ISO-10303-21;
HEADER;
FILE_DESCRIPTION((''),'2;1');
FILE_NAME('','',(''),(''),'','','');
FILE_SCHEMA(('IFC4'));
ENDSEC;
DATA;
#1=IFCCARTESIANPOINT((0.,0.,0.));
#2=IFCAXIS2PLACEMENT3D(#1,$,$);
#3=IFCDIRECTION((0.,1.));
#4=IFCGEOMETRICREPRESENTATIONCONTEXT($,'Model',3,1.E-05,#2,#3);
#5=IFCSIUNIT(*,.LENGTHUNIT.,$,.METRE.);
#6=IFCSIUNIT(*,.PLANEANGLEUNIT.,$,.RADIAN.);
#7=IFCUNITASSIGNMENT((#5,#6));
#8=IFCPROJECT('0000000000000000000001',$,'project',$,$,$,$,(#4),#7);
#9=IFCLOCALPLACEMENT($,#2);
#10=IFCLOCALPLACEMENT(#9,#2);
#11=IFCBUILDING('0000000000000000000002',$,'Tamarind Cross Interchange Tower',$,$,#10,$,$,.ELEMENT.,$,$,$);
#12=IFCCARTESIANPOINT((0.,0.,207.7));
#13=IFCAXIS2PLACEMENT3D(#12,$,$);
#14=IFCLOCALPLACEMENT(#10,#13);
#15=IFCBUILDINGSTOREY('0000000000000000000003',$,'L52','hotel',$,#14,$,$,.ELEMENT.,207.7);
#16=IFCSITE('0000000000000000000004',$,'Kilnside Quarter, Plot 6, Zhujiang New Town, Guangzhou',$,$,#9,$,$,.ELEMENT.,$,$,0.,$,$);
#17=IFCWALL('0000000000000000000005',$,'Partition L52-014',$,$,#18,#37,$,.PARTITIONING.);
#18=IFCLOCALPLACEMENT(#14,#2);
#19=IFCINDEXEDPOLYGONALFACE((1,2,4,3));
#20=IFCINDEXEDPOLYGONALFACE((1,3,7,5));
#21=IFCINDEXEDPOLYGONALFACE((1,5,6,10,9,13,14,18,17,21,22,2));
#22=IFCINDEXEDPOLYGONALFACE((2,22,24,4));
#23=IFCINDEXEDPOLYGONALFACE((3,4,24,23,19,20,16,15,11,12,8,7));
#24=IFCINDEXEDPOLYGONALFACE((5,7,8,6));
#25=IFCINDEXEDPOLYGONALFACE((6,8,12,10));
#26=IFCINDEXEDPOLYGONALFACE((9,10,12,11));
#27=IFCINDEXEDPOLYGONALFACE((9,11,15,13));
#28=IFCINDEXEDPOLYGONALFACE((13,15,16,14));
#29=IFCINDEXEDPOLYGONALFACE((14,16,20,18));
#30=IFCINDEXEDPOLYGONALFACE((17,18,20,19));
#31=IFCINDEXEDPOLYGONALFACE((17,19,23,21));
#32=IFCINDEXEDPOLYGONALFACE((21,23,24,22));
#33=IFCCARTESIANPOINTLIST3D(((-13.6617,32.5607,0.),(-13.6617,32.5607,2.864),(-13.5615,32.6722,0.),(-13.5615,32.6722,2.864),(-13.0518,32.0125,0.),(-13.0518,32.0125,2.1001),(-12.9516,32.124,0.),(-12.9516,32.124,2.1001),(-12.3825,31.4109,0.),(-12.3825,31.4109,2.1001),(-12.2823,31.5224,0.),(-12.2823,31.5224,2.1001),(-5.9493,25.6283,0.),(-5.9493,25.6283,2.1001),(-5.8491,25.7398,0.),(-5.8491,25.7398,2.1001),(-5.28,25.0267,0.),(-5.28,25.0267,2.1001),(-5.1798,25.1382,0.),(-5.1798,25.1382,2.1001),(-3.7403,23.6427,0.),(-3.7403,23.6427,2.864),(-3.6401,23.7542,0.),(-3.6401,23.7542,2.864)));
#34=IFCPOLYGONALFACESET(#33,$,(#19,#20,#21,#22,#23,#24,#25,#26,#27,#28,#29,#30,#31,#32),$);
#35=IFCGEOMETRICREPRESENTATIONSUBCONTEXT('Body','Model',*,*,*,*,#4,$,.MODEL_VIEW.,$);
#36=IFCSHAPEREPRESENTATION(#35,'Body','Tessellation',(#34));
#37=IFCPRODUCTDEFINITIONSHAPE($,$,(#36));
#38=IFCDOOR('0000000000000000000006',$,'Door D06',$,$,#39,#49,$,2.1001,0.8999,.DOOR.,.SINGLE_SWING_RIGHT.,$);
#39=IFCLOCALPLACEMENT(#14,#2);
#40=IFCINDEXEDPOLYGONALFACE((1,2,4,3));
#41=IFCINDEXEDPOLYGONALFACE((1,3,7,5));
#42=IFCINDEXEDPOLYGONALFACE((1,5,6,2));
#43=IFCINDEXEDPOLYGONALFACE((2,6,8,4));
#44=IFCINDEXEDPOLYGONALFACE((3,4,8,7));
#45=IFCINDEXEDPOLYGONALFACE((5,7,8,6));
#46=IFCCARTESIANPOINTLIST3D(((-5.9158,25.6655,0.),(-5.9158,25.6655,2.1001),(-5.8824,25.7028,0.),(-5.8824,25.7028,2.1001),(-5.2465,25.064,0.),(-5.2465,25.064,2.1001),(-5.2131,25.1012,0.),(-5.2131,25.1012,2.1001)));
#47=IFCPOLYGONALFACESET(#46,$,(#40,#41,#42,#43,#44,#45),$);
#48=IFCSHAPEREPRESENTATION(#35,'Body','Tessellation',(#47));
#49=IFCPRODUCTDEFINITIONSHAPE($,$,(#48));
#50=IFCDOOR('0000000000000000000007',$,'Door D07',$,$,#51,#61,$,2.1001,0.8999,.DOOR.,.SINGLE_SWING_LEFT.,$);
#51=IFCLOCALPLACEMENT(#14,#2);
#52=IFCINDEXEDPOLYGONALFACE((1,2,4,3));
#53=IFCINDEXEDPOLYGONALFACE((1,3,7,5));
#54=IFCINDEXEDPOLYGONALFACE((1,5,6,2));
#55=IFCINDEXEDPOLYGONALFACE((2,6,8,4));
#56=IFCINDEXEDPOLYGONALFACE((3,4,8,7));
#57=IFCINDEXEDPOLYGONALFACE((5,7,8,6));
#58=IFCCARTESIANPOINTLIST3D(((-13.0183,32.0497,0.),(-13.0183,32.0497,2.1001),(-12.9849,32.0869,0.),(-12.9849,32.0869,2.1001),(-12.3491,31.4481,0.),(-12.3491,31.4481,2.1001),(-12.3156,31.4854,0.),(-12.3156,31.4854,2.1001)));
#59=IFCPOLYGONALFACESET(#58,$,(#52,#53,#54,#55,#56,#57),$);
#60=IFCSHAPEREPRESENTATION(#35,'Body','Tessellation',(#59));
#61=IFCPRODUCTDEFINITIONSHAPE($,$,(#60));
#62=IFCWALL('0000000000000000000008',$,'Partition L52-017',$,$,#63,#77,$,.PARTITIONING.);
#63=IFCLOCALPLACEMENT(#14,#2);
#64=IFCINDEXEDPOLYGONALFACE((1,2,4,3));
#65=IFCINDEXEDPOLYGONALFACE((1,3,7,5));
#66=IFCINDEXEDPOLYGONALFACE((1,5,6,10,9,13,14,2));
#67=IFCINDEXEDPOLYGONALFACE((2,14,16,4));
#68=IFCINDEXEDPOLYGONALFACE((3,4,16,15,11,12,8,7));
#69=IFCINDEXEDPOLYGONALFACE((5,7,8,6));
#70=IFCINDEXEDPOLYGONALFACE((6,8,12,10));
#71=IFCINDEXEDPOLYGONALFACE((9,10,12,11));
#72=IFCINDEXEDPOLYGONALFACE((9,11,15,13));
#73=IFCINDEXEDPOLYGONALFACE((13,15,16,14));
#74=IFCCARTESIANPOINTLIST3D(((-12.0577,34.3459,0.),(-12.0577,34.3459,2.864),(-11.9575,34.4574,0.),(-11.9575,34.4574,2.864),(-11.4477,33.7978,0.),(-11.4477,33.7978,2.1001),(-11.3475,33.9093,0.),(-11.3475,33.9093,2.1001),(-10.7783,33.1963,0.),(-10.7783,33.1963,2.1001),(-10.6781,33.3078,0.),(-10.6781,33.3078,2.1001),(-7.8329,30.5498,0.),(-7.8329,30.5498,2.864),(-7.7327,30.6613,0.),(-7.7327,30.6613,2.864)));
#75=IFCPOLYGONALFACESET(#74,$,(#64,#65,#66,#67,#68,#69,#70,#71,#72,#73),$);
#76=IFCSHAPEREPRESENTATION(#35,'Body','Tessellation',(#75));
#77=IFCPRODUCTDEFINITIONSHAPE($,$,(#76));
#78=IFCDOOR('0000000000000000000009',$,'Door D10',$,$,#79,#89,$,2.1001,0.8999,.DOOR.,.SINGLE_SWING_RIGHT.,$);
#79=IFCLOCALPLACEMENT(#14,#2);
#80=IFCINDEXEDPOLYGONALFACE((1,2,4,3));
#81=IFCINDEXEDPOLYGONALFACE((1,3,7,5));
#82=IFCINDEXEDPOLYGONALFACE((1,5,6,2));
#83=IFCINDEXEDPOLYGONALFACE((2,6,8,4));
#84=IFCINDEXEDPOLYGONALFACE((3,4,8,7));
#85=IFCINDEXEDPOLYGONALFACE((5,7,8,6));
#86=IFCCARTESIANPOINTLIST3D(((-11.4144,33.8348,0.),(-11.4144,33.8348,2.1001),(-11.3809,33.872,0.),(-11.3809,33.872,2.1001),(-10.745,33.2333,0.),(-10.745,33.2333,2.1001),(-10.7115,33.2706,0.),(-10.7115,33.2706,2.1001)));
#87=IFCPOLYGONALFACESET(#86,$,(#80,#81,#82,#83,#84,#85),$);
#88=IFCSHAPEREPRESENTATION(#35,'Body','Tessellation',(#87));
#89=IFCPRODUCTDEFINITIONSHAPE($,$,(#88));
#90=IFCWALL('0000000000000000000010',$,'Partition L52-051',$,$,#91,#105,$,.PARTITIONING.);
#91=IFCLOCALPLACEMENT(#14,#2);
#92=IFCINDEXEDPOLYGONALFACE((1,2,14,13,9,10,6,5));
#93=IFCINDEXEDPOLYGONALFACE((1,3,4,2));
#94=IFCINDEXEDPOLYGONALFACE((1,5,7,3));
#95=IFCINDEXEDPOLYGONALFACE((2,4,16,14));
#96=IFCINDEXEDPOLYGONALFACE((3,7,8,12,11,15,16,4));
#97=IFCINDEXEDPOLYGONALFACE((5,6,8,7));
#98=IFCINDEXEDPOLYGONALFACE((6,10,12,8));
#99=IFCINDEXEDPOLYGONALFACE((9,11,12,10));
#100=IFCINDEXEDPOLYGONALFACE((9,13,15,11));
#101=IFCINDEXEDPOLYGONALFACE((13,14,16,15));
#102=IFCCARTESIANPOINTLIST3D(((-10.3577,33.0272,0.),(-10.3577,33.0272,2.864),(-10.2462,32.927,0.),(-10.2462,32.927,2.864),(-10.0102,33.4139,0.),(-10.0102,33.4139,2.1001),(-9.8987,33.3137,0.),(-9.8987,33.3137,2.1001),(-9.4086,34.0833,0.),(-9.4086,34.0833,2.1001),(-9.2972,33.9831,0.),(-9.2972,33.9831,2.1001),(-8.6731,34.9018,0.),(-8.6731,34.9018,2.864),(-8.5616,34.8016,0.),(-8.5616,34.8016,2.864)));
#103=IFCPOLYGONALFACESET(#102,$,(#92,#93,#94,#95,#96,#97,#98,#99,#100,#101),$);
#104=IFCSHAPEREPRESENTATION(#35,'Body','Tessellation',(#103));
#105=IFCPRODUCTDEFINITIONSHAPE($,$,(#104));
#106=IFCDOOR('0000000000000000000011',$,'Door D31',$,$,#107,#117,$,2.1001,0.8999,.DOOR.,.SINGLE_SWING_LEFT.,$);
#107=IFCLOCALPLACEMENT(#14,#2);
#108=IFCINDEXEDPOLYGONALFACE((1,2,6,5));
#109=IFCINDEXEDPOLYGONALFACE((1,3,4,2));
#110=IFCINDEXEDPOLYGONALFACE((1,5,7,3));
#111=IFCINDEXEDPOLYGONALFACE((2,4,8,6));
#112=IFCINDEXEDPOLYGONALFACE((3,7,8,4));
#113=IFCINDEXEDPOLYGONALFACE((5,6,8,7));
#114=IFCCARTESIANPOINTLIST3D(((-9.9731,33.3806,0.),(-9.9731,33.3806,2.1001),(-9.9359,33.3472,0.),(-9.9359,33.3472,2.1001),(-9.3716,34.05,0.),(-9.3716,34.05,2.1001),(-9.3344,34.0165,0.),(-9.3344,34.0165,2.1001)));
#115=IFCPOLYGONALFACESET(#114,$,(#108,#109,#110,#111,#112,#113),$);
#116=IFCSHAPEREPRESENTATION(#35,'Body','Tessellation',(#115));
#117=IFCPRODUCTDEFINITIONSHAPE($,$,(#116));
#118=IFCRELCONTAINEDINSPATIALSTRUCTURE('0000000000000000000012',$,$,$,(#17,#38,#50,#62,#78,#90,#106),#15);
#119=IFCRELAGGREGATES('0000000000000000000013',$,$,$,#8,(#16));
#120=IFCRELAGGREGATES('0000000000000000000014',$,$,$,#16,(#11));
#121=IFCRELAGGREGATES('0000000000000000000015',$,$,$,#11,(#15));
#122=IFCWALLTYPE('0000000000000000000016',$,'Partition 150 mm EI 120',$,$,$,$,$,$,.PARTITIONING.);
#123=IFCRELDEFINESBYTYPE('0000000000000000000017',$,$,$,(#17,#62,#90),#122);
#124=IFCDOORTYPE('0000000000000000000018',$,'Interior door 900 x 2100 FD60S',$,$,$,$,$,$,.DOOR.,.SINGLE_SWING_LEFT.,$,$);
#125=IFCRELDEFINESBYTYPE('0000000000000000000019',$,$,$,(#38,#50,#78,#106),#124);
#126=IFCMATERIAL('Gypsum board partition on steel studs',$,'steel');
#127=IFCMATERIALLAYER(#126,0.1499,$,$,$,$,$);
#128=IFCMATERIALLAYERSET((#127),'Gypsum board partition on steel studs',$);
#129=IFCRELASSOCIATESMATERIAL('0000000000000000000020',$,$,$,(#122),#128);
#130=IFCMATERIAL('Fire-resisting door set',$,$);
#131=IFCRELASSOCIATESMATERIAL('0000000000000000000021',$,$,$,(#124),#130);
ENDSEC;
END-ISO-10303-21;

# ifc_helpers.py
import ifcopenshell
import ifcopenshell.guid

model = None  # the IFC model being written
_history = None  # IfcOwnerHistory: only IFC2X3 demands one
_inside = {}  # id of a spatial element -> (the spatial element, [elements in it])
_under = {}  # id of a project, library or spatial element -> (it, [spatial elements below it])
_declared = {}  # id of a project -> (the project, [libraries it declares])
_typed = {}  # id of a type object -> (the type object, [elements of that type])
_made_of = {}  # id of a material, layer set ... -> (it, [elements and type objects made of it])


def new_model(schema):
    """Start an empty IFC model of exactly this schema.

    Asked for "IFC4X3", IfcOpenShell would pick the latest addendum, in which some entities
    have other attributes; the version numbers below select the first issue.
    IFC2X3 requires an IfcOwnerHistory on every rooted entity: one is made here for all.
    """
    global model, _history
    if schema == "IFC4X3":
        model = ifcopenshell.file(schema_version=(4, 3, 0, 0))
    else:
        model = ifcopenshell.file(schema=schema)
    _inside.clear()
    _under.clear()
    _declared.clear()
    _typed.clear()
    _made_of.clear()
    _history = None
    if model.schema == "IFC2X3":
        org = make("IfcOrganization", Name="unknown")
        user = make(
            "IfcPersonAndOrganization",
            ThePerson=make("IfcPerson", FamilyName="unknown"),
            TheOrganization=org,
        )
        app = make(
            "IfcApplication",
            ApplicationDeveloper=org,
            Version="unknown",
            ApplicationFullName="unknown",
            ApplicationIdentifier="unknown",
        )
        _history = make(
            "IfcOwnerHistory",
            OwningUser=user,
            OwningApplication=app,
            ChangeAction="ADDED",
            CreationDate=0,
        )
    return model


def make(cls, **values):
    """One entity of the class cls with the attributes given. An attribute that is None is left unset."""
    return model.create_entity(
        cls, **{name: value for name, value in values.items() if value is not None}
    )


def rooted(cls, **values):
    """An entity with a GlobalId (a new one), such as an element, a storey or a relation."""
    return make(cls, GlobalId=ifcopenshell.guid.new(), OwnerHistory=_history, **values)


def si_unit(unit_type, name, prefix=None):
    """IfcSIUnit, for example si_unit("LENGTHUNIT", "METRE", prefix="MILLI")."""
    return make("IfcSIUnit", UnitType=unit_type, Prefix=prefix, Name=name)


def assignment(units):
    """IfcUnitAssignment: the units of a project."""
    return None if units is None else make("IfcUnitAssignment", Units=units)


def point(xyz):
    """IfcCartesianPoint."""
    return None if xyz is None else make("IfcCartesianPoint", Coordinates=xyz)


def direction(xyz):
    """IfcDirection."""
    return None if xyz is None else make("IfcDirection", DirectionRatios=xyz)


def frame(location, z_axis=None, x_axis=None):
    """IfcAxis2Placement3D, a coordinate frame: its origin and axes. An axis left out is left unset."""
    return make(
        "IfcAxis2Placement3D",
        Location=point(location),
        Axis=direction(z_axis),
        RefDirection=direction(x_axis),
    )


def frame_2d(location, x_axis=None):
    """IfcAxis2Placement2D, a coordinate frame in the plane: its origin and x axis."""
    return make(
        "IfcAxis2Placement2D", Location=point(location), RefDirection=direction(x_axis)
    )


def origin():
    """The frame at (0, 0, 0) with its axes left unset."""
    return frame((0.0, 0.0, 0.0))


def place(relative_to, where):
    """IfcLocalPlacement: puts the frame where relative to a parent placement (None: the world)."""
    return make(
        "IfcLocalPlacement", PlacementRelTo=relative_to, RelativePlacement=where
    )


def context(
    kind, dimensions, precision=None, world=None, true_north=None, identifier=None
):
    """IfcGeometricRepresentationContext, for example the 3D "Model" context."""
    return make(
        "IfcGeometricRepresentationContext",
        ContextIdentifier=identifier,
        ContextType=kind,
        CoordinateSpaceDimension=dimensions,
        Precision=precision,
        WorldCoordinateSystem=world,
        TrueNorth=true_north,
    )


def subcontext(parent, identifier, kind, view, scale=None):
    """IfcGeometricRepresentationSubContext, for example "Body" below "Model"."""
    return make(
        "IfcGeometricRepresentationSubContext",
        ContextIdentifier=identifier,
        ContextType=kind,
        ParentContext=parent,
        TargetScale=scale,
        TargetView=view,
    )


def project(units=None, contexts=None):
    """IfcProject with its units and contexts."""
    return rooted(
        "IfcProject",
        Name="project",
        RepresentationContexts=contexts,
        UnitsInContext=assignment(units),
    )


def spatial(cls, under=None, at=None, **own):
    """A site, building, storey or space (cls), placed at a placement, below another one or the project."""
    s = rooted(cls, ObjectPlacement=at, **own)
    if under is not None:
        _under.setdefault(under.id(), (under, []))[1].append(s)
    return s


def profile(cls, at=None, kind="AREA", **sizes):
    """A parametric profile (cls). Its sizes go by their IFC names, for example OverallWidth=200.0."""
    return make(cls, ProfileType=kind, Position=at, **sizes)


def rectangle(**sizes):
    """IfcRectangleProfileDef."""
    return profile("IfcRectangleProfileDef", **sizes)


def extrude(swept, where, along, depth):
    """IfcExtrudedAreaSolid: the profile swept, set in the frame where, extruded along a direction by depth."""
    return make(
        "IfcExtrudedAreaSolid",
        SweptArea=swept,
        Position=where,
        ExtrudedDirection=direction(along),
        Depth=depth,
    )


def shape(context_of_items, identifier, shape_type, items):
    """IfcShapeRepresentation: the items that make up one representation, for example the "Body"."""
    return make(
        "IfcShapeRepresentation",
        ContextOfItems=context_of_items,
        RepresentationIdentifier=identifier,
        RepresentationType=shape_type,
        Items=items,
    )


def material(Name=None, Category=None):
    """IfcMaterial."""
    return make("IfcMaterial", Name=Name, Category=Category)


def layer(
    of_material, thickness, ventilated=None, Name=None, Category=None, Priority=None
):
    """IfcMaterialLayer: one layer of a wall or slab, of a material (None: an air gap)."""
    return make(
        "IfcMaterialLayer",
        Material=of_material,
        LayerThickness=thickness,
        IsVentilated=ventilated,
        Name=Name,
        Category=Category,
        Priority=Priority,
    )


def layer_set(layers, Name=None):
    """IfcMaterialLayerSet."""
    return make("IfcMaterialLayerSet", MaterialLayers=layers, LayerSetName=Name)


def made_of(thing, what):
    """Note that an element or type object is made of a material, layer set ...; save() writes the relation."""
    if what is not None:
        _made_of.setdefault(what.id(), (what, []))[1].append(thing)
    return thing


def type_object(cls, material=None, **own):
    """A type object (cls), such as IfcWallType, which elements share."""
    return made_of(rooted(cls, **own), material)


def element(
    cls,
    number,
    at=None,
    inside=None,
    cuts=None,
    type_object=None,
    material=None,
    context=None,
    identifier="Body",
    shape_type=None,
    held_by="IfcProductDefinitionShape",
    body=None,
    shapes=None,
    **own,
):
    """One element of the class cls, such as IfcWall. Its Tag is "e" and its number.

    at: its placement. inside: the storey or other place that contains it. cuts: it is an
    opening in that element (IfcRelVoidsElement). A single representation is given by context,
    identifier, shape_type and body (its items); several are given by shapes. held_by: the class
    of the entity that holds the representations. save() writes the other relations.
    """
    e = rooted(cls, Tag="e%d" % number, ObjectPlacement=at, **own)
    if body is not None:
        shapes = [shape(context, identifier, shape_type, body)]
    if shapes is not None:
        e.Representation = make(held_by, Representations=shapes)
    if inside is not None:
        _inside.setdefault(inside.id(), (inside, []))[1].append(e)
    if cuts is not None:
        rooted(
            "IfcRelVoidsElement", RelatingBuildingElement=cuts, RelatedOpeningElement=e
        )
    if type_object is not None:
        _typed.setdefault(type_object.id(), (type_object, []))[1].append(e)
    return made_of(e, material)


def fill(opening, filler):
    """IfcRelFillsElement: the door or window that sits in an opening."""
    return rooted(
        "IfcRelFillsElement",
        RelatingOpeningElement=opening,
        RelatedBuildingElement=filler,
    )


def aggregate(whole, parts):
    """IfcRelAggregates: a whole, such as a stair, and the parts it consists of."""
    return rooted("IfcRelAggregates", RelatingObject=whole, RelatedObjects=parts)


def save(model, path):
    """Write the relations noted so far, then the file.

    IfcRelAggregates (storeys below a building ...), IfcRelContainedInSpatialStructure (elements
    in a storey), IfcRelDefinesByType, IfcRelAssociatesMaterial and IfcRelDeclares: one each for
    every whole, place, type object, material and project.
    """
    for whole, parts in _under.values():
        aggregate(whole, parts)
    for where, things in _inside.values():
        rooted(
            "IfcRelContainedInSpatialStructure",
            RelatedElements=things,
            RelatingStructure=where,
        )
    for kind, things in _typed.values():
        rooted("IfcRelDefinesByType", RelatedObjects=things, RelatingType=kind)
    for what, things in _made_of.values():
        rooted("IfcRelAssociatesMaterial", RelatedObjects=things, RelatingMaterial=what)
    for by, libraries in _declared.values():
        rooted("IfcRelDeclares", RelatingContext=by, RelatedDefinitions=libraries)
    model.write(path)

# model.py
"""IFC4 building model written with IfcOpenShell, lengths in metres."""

from ifc_helpers import new_model, si_unit, direction, frame, frame_2d, origin, place, context, subcontext, project, spatial, rectangle, extrude, material, layer, layer_set, type_object, element, fill, save


model = new_model("IFC4")

# Units and contexts
model_context = context("Model", 3, precision=1e-05, world=origin(), true_north=direction((0.0, 1.0)))
body_context = subcontext(model_context, "Body", "Model", "MODEL_VIEW")
ifc_project = project(units=[si_unit("LENGTHUNIT", "METRE"), si_unit("PLANEANGLEUNIT", "RADIAN")], contexts=[model_context])

# Site, building, storey
site_placement = place(None, origin())
site = spatial("IfcSite", under=ifc_project, at=site_placement, Name="Kilnside Quarter, Plot 6, Zhujiang New Town, Guangzhou", CompositionType="ELEMENT", RefElevation=0.0)
building_placement = place(site_placement, origin())
building = spatial("IfcBuilding", under=site, at=building_placement, Name="Tamarind Cross Interchange Tower", CompositionType="ELEMENT")
storey_placement = place(building_placement, frame((0.0, 0.0, 207.7)))
storey = spatial("IfcBuildingStorey", under=building, at=storey_placement, Name="L52", Description="hotel", CompositionType="ELEMENT", Elevation=207.7)

# Wall, openings, doors
ifc_material_1 = material(Name="Gypsum board partition on steel studs", Category="steel")
ifc_layer_1 = layer(ifc_material_1, 0.1499)
ifc_layer_set_1 = layer_set([ifc_layer_1], Name="Gypsum board partition on steel studs")
wall_type = type_object("IfcWallType", Name="Partition 150 mm EI 120", PredefinedType="PARTITIONING", material=ifc_layer_set_1)
wall_1_placement = place(storey_placement, frame((-13.6116, 32.6165, 0.0), z_axis=(0.0, 0.0, 1.0), x_axis=(0.743714, -0.668497, 0.0)))
wall_1 = element("IfcWall", 1, at=wall_1_placement, inside=storey, type_object=wall_type, Name="Partition L52-014", PredefinedType="PARTITIONING", context=body_context, shape_type="SweptSolid", body=[
    extrude(rectangle(XDim=13.3403, YDim=0.1499, at=frame_2d((6.6702, 0.0))), origin(), (0.0, 0.0, 1.0), 2.864),
])
opening_1_placement = place(wall_1_placement, frame((10.3701, 0.0, 0.0)))
opening_1 = element("IfcOpeningElement", 2, at=opening_1_placement, cuts=wall_1, PredefinedType="OPENING", context=body_context, shape_type="SweptSolid", body=[
    extrude(rectangle(XDim=0.8999, YDim=2.1001, at=frame_2d((0.45, 1.05))), frame((0.0, 0.085, 0.0), z_axis=(0.0, -1.0, 0.0), x_axis=(1.0, 0.0, 0.0)), (0.0, 0.0, 1.0), 0.1699),
])
opening_2_placement = place(wall_1_placement, frame((0.8201, 0.0, 0.0)))
opening_2 = element("IfcOpeningElement", 3, at=opening_2_placement, cuts=wall_1, PredefinedType="OPENING", context=body_context, shape_type="SweptSolid", body=[
    extrude(rectangle(XDim=0.8999, YDim=2.1001, at=frame_2d((0.45, 1.05))), frame((0.0, 0.085, 0.0), z_axis=(0.0, -1.0, 0.0), x_axis=(1.0, 0.0, 0.0)), (0.0, 0.0, 1.0), 0.1699),
])
ifc_material_2 = material(Name="Fire-resisting door set")
door_type = type_object("IfcDoorType", Name="Interior door 900 x 2100 FD60S", OperationType="SINGLE_SWING_LEFT", PredefinedType="DOOR", material=ifc_material_2)
door_1_placement = place(opening_1_placement, frame((0.8999, 0.0, 0.0), z_axis=(0.0, 0.0, 1.0), x_axis=(-1.0, 0.0, 0.0)))
door_1 = element("IfcDoor", 4, at=door_1_placement, inside=storey, type_object=door_type, Name="Door D06", OperationType="SINGLE_SWING_RIGHT", OverallHeight=2.1001, OverallWidth=0.8999, PredefinedType="DOOR", context=body_context, shape_type="SweptSolid", body=[
    extrude(rectangle(XDim=0.8999, YDim=2.1001, at=frame_2d((0.45, 1.05))), frame((0.0, 0.0249, 0.0), z_axis=(0.0, -1.0, 0.0), x_axis=(1.0, 0.0, 0.0)), (0.0, 0.0, 1.0), 0.05),
])
fill(opening_1, door_1)
door_2_placement = place(opening_2_placement, frame((0.8999, 0.0, 0.0), z_axis=(0.0, 0.0, 1.0), x_axis=(-1.0, 0.0, 0.0)))
door_2 = element("IfcDoor", 5, at=door_2_placement, inside=storey, type_object=door_type, Name="Door D07", OperationType="SINGLE_SWING_LEFT", OverallHeight=2.1001, OverallWidth=0.8999, PredefinedType="DOOR", context=body_context, shape_type="SweptSolid", body=[
    extrude(rectangle(XDim=0.8999, YDim=2.1001, at=frame_2d((0.45, 1.05))), frame((0.0, 0.0249, 0.0), z_axis=(0.0, -1.0, 0.0), x_axis=(1.0, 0.0, 0.0)), (0.0, 0.0, 1.0), 0.05),
])
fill(opening_2, door_2)

# Walls, openings, doors
wall_2_placement = place(storey_placement, frame((-12.0076, 34.4016, 0.0), z_axis=(0.0, 0.0, 1.0), x_axis=(0.743839, -0.668359, 0.0)))
wall_2 = element("IfcWall", 6, at=wall_2_placement, inside=storey, type_object=wall_type, Name="Partition L52-017", PredefinedType="PARTITIONING", context=body_context, shape_type="SweptSolid", body=[
    extrude(rectangle(XDim=5.6797, YDim=0.1499, at=frame_2d((2.8398, 0.0))), origin(), (0.0, 0.0, 1.0), 2.864),
])
opening_3_placement = place(wall_2_placement, frame((0.8201, 0.0, 0.0)))
opening_3 = element("IfcOpeningElement", 7, at=opening_3_placement, cuts=wall_2, PredefinedType="OPENING", context=body_context, shape_type="SweptSolid", body=[
    extrude(rectangle(XDim=0.8999, YDim=2.1001, at=frame_2d((0.45, 1.05))), frame((0.0, 0.085, 0.0), z_axis=(0.0, -1.0, 0.0), x_axis=(1.0, 0.0, 0.0)), (0.0, 0.0, 1.0), 0.1699),
])
door_3_placement = place(opening_3_placement, origin())
door_3 = element("IfcDoor", 8, at=door_3_placement, inside=storey, type_object=door_type, Name="Door D10", OperationType="SINGLE_SWING_RIGHT", OverallHeight=2.1001, OverallWidth=0.8999, PredefinedType="DOOR", context=body_context, shape_type="SweptSolid", body=[
    extrude(rectangle(XDim=0.8999, YDim=2.1001, at=frame_2d((0.45, 1.05))), frame((0.0, 0.0249, 0.0), z_axis=(0.0, -1.0, 0.0), x_axis=(1.0, 0.0, 0.0)), (0.0, 0.0, 1.0), 0.05),
])
fill(opening_3, door_3)
wall_3_placement = place(storey_placement, frame((-10.302, 32.9771, 0.0), z_axis=(0.0, 0.0, 1.0), x_axis=(0.668419, 0.743785, 0.0)))
wall_3 = element("IfcWall", 9, at=wall_3_placement, inside=storey, type_object=wall_type, Name="Partition L52-051", PredefinedType="PARTITIONING", context=body_context, shape_type="SweptSolid", body=[
    extrude(rectangle(XDim=2.5203, YDim=0.1499, at=frame_2d((1.2603, 0.0))), origin(), (0.0, 0.0, 1.0), 2.864),
])
opening_4_placement = place(wall_3_placement, frame((0.52, 0.0, 0.0)))
opening_4 = element("IfcOpeningElement", 10, at=opening_4_placement, cuts=wall_3, PredefinedType="OPENING", context=body_context, shape_type="SweptSolid", body=[
    extrude(rectangle(XDim=0.8999, YDim=2.1001, at=frame_2d((0.45, 1.05))), frame((0.0, 0.085, 0.0), z_axis=(0.0, -1.0, 0.0), x_axis=(1.0, 0.0, 0.0)), (0.0, 0.0, 1.0), 0.1699),
])
door_4_placement = place(opening_4_placement, frame((0.8999, 0.0, 0.0), z_axis=(0.0, 0.0, 1.0), x_axis=(-1.0, 0.0, 0.0)))
door_4 = element("IfcDoor", 11, at=door_4_placement, inside=storey, type_object=door_type, Name="Door D31", OperationType="SINGLE_SWING_LEFT", OverallHeight=2.1001, OverallWidth=0.8999, PredefinedType="DOOR", context=body_context, shape_type="SweptSolid", body=[
    extrude(rectangle(XDim=0.8999, YDim=2.1001, at=frame_2d((0.45, 1.05))), frame((0.0, 0.0249, 0.0), z_axis=(0.0, -1.0, 0.0), x_axis=(1.0, 0.0, 0.0)), (0.0, 0.0, 1.0), 0.05),
])
fill(opening_4, door_4)

save(model, "model.ifc")
